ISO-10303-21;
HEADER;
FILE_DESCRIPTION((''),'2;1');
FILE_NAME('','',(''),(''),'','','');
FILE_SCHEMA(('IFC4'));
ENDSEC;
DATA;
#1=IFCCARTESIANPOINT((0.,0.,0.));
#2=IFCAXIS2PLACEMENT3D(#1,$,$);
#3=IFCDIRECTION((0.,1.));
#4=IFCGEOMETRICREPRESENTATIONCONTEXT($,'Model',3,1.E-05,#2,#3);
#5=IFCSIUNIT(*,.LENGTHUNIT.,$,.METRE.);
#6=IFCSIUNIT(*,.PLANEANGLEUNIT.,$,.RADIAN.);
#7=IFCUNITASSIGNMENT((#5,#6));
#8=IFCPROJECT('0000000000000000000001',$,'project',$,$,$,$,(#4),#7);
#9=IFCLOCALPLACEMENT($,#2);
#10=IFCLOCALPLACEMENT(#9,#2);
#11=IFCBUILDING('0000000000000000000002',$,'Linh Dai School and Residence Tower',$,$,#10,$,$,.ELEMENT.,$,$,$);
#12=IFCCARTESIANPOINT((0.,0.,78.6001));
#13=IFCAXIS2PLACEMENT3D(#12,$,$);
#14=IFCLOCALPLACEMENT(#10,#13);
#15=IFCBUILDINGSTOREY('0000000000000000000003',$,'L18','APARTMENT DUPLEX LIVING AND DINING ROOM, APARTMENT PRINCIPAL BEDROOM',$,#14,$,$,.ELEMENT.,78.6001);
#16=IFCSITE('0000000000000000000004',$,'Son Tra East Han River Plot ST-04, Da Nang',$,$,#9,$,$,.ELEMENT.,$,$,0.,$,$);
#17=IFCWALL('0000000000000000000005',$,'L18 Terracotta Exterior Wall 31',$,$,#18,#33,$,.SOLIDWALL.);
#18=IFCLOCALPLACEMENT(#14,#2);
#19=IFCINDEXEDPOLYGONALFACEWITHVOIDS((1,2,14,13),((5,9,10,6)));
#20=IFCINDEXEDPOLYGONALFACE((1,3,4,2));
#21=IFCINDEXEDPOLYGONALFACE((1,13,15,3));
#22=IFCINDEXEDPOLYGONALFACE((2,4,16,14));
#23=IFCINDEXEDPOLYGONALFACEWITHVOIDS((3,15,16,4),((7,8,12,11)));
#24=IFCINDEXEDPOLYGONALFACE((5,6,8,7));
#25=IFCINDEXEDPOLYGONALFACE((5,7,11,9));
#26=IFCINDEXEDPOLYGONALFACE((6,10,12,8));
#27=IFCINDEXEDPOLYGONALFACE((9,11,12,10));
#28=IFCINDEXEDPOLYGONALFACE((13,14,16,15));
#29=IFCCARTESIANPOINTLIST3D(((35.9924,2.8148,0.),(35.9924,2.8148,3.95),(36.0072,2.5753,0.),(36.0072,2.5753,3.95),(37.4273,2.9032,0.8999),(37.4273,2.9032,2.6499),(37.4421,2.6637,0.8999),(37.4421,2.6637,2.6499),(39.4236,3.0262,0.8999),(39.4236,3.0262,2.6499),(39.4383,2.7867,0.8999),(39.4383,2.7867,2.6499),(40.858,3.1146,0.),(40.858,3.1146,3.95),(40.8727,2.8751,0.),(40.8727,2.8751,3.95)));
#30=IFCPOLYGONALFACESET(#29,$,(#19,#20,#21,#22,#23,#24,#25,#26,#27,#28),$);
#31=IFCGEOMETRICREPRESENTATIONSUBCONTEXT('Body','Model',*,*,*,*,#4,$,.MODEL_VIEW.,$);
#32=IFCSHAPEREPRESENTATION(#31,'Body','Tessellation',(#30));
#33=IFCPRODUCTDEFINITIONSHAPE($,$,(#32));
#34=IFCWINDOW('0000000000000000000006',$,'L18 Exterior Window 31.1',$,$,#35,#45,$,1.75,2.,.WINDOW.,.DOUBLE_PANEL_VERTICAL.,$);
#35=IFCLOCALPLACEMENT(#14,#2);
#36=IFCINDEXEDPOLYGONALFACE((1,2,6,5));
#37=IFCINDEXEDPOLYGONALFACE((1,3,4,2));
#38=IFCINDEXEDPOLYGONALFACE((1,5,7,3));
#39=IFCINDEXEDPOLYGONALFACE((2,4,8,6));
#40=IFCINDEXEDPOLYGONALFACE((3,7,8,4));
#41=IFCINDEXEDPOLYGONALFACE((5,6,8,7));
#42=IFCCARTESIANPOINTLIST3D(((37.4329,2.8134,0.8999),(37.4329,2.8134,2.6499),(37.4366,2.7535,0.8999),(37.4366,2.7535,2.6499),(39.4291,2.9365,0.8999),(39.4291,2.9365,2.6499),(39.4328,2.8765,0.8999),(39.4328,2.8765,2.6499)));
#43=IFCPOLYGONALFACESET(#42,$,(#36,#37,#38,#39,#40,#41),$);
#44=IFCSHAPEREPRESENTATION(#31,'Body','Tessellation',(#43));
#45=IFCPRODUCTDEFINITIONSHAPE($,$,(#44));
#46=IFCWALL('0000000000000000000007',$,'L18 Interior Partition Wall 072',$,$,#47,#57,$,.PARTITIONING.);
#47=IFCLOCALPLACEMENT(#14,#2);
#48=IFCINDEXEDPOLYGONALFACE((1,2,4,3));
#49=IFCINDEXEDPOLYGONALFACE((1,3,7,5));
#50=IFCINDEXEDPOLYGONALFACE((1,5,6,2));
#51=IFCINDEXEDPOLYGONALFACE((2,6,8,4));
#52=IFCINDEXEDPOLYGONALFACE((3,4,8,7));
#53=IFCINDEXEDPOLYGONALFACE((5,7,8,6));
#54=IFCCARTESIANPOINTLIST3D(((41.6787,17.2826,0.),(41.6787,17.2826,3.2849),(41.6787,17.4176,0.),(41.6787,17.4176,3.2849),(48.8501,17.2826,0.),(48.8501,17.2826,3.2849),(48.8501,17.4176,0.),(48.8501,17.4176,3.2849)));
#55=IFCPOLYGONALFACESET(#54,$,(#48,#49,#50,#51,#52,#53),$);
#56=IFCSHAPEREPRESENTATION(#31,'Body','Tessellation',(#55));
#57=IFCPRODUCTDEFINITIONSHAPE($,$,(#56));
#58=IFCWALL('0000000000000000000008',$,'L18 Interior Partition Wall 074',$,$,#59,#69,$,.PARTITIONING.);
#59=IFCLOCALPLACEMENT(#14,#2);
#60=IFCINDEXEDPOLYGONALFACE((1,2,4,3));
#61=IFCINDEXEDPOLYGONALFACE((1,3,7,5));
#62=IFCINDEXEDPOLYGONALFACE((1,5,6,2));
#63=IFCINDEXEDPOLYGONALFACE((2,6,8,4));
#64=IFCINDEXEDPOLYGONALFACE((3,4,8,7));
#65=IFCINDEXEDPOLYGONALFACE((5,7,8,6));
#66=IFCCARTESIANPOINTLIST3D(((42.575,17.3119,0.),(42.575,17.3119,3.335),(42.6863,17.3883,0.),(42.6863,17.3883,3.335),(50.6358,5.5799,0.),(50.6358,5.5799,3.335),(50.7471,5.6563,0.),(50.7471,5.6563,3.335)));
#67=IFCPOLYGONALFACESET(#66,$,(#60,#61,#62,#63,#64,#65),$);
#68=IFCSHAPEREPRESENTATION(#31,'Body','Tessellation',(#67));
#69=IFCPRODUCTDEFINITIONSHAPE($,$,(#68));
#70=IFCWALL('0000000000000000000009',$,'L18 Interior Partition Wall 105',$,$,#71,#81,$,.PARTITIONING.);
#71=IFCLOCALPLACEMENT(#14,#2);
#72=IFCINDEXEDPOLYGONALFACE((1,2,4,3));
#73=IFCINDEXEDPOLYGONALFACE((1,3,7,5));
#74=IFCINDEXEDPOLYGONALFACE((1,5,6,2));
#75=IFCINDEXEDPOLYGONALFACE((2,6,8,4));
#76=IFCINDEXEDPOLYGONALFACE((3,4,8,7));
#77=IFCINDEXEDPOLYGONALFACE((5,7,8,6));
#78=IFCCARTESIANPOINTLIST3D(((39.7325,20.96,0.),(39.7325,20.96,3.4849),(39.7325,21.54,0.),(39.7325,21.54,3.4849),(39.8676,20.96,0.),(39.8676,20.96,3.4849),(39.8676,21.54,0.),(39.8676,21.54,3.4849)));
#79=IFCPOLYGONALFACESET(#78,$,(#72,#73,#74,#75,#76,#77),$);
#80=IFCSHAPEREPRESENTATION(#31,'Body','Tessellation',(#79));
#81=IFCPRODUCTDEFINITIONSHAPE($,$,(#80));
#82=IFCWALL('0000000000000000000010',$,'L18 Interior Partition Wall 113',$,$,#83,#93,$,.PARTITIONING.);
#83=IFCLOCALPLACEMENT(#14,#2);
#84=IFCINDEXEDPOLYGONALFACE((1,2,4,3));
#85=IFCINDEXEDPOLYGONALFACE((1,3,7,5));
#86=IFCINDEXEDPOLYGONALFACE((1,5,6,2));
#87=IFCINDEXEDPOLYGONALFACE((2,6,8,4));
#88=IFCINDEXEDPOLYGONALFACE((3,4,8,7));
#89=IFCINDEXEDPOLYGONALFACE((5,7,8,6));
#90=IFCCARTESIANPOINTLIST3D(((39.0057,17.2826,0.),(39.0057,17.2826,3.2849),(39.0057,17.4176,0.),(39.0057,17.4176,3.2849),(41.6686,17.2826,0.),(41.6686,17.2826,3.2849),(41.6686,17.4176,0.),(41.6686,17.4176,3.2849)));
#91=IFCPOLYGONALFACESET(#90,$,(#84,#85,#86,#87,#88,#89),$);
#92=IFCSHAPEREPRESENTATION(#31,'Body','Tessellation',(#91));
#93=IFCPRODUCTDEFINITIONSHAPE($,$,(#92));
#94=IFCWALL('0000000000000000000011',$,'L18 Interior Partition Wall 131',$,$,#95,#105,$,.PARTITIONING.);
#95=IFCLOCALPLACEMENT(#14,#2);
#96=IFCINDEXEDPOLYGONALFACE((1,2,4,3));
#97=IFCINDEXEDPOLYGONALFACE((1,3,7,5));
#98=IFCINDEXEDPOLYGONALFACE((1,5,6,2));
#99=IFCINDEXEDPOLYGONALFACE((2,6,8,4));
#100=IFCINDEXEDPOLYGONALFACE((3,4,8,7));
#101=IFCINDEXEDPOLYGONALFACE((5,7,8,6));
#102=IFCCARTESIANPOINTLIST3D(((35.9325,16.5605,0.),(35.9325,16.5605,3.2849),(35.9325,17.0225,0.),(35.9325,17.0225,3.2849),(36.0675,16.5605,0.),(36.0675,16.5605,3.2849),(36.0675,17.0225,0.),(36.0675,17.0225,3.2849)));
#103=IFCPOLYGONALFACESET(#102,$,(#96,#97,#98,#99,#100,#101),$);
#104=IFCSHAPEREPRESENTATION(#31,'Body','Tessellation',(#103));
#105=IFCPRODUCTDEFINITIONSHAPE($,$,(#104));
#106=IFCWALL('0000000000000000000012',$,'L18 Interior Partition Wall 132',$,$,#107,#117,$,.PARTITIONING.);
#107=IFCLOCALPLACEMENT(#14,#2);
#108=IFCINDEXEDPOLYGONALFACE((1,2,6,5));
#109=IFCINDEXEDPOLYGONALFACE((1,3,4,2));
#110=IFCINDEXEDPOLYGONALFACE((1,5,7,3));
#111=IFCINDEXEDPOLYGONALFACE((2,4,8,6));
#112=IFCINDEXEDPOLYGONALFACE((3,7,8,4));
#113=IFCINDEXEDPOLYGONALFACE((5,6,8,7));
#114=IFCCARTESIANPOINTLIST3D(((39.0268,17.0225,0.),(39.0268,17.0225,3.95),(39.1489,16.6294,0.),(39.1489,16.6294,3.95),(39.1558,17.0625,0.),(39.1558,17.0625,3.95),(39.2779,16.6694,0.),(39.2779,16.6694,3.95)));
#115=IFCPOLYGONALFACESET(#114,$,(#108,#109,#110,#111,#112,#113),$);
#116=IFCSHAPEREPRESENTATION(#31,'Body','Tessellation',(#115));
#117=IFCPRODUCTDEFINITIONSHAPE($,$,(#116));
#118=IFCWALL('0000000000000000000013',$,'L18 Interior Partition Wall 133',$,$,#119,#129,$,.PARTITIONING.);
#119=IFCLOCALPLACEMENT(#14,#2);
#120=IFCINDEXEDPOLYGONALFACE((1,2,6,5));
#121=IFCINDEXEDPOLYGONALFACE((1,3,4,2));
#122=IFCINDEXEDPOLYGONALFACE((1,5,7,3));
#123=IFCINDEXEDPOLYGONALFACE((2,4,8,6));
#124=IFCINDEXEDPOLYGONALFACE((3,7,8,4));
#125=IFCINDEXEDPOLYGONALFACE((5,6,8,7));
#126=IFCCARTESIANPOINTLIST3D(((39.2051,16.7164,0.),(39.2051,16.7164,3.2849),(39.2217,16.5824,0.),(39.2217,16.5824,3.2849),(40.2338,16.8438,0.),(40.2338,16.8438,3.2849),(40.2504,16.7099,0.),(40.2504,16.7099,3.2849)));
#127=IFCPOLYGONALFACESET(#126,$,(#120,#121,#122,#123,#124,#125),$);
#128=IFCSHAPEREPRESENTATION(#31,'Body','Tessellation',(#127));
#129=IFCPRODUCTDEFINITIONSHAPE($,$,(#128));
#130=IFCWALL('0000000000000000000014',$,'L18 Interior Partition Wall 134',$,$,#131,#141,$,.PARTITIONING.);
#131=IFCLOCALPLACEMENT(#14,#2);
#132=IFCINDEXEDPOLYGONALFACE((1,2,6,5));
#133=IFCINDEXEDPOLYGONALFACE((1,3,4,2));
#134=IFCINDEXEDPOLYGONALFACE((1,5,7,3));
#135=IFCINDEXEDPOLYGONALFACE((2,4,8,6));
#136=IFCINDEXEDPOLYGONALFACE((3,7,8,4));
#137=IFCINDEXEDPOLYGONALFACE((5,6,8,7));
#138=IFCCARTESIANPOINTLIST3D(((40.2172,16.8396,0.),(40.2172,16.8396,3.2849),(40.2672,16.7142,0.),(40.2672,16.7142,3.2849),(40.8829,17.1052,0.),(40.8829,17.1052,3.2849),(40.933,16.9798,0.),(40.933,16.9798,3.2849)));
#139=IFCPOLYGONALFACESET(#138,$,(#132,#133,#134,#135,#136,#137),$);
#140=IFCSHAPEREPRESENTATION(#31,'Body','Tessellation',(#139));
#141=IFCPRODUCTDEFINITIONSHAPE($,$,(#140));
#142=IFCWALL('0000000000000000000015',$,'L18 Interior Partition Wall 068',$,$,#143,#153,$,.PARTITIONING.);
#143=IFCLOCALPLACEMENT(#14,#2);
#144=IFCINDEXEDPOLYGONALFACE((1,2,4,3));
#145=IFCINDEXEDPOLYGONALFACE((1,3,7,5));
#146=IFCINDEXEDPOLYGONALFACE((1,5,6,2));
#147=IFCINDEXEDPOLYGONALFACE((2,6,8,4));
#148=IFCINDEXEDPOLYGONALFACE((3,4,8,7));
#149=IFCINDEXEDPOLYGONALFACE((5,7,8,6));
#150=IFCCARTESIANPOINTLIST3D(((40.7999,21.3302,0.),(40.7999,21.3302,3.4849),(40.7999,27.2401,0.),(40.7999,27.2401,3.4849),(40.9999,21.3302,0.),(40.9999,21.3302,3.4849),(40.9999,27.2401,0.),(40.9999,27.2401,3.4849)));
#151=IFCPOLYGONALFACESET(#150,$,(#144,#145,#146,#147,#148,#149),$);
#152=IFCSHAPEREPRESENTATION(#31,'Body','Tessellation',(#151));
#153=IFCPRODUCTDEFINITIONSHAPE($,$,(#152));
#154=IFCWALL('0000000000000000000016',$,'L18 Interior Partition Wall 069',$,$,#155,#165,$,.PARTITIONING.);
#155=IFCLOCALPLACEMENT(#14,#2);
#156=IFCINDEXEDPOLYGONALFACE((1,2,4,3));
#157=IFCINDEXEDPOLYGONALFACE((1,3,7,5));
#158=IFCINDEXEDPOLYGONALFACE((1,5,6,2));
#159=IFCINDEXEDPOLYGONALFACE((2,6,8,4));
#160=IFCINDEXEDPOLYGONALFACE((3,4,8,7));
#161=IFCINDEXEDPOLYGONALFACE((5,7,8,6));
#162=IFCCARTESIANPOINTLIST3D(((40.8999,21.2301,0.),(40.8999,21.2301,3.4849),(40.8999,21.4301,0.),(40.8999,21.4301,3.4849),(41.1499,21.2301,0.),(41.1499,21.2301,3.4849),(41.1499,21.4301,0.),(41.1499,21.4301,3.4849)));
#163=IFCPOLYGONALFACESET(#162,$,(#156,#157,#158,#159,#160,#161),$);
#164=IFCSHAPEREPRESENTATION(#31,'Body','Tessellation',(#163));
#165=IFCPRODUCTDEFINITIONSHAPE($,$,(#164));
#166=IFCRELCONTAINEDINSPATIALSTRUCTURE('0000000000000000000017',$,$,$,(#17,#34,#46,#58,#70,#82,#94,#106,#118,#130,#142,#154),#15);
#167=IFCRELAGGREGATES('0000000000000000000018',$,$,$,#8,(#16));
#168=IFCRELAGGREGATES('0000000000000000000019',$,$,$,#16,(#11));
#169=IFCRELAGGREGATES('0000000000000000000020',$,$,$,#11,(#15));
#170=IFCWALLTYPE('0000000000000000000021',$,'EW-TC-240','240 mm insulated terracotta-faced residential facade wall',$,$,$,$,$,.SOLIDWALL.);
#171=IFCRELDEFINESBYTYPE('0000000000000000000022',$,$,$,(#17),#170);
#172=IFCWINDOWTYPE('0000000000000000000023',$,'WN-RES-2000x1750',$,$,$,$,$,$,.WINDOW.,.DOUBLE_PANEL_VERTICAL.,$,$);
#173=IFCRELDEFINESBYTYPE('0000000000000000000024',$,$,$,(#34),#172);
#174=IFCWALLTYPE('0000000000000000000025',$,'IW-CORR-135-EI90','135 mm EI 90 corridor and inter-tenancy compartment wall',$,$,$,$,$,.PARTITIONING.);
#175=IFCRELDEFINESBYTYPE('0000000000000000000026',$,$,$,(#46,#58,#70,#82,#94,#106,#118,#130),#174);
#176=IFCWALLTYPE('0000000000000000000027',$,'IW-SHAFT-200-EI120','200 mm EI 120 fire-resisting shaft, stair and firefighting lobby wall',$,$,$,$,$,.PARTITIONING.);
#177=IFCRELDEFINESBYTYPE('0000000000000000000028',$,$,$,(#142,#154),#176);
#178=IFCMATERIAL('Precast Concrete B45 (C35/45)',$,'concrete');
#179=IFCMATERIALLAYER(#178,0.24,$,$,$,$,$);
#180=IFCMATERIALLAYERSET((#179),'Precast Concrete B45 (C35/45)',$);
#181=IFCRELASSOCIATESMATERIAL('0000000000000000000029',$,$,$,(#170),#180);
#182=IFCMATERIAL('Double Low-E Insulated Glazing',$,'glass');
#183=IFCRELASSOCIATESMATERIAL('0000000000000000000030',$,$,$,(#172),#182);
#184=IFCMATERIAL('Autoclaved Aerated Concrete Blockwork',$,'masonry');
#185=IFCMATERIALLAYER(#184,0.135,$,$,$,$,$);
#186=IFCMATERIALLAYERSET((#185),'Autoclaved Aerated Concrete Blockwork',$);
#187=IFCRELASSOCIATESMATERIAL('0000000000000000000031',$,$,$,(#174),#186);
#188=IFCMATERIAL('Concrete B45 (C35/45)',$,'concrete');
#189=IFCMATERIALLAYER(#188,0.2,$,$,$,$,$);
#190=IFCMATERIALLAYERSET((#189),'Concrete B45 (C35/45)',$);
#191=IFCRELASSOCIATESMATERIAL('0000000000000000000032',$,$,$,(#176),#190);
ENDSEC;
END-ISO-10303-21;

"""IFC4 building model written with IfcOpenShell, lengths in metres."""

from ifc_helpers import new_model, si_unit, direction, frame, frame_2d, origin, origin_2d, place, context, subcontext, project, spatial, rectangle, extrude, source, transform, mapped, material, layer, layer_set, type_object, element, fill, save


model = new_model("IFC4")

# Units and contexts
model_context = context("Model", 3, precision=1e-05, world=origin(), true_north=direction((0.0, 1.0)))
body_context = subcontext(model_context, "Body", "Model", "MODEL_VIEW")
ifc_project = project(units=[si_unit("LENGTHUNIT", "METRE"), si_unit("PLANEANGLEUNIT", "RADIAN")], contexts=[model_context])

# Site, building, storey
site_placement = place(None, origin())
site = spatial("IfcSite", under=ifc_project, at=site_placement, Name="Son Tra East Han River Plot ST-04, Da Nang", CompositionType="ELEMENT", RefElevation=0.0)
building_placement = place(site_placement, origin())
building = spatial("IfcBuilding", under=site, at=building_placement, Name="Linh Dai School and Residence Tower", CompositionType="ELEMENT")
storey_placement = place(building_placement, frame((0.0, 0.0, 78.6001)))
storey = spatial("IfcBuildingStorey", under=building, at=storey_placement, Name="L18", Description="APARTMENT DUPLEX LIVING AND DINING ROOM, APARTMENT PRINCIPAL BEDROOM", CompositionType="ELEMENT", Elevation=78.6001)

# Wall, opening, window
ifc_material_1 = material(Name="Precast Concrete B45 (C35/45)", Category="concrete")
ifc_layer_1 = layer(ifc_material_1, 0.24)
ifc_layer_set_1 = layer_set([ifc_layer_1], Name="Precast Concrete B45 (C35/45)")
wall_type_1 = type_object("IfcWallType", Name="EW-TC-240", Description="240 mm insulated terracotta-faced residential facade wall", PredefinedType="SOLIDWALL", material=ifc_layer_set_1)
ifc_material_2 = material(Name="Double Low-E Insulated Glazing", Category="glass")
window_type = type_object("IfcWindowType", Name="WN-RES-2000x1750", PartitioningType="DOUBLE_PANEL_VERTICAL", PredefinedType="WINDOW", material=ifc_material_2)
shared_shape_1 = source(origin(), body_context, "Body", "SweptSolid", [
    extrude(rectangle(XDim=2.0, YDim=1.75, at=origin_2d()), frame((1.0, 0.03, 0.875), z_axis=(0.0, -1.0, 0.0), x_axis=(1.0, 0.0, 0.0)), (0.0, 0.0, 1.0), 0.0601),
])
wall_1_placement = place(storey_placement, frame((40.8655, 2.9949, 0.0), z_axis=(0.0, 0.0, 1.0), x_axis=(-0.998107, -0.061502, 0.0)))
wall_1 = element("IfcWall", 1, at=wall_1_placement, inside=storey, type_object=wall_type_1, Name="L18 Terracotta Exterior Wall 31", PredefinedType="SOLIDWALL", context=body_context, shape_type="SweptSolid", body=[
    extrude(rectangle(XDim=4.8748, YDim=0.24, at=frame_2d((2.4375, 0.0))), origin(), (0.0, 0.0, 1.0), 3.95),
])
opening_1_placement = place(wall_1_placement, frame((1.4373, 0.0, 0.8999)))
opening_1 = element("IfcOpeningElement", 2, at=opening_1_placement, cuts=wall_1, PredefinedType="OPENING", context=body_context, shape_type="SweptSolid", body=[
    extrude(rectangle(XDim=2.0, YDim=1.75, at=origin_2d()), frame((1.0, 0.1299, 0.875), z_axis=(0.0, -1.0, 0.0), x_axis=(1.0, 0.0, 0.0)), (0.0, 0.0, 1.0), 0.26),
])
window_1_placement = place(opening_1_placement, origin())
window_1 = element("IfcWindow", 3, at=window_1_placement, inside=storey, type_object=window_type, Name="L18 Exterior Window 31.1", OverallHeight=1.75, OverallWidth=2.0, PartitioningType="DOUBLE_PANEL_VERTICAL", PredefinedType="WINDOW", context=body_context, shape_type="MappedRepresentation", body=[
    mapped(shared_shape_1, transform((0.0, 0.0, 0.0), x_axis=(1.0, 0.0, 0.0), y_axis=(0.0, 1.0, 0.0), z_axis=(0.0, 0.0, 1.0), scale=1.0)),
])
fill(opening_1, window_1)

# Shared definitions
ifc_material_3 = material(Name="Autoclaved Aerated Concrete Blockwork", Category="masonry")
ifc_layer_2 = layer(ifc_material_3, 0.135)
ifc_layer_set_2 = layer_set([ifc_layer_2], Name="Autoclaved Aerated Concrete Blockwork")
wall_type_2 = type_object("IfcWallType", Name="IW-CORR-135-EI90", Description="135 mm EI 90 corridor and inter-tenancy compartment wall", PredefinedType="PARTITIONING", material=ifc_layer_set_2)

# Walls
wall_2_placement = place(storey_placement, frame((41.6787, 17.3501, 0.0), z_axis=(0.0, 0.0, 1.0), x_axis=(1.0, 0.0, 0.0)))
element("IfcWall", 4, at=wall_2_placement, inside=storey, type_object=wall_type_2, Name="L18 Interior Partition Wall 072", PredefinedType="PARTITIONING", context=body_context, shape_type="SweptSolid", body=[
    extrude(rectangle(XDim=7.1714, YDim=0.135, at=frame_2d((3.5857, 0.0))), origin(), (0.0, 0.0, 1.0), 3.2849),
])
wall_3_placement = place(storey_placement, frame((42.6306, 17.3501, 0.0), z_axis=(0.0, 0.0, 1.0), x_axis=(0.566294, -0.824203, 0.0)))
element("IfcWall", 5, at=wall_3_placement, inside=storey, type_object=wall_type_2, Name="L18 Interior Partition Wall 074", PredefinedType="PARTITIONING", context=body_context, shape_type="SweptSolid", body=[
    extrude(rectangle(XDim=14.2344, YDim=0.135, at=frame_2d((7.1172, 0.0))), origin(), (0.0, 0.0, 1.0), 3.335),
])
wall_4_placement = place(storey_placement, frame((39.8, 20.96, 0.0), z_axis=(0.0, 0.0, 1.0), x_axis=(0.0, 1.0, 0.0)))
element("IfcWall", 6, at=wall_4_placement, inside=storey, type_object=wall_type_2, Name="L18 Interior Partition Wall 105", PredefinedType="PARTITIONING", context=body_context, shape_type="SweptSolid", body=[
    extrude(rectangle(XDim=0.5801, YDim=0.135, at=frame_2d((0.29, 0.0))), origin(), (0.0, 0.0, 1.0), 3.4849),
])
wall_5_placement = place(storey_placement, frame((41.6687, 17.3501, 0.0), z_axis=(0.0, 0.0, 1.0), x_axis=(-1.0, 0.0, 0.0)))
element("IfcWall", 7, at=wall_5_placement, inside=storey, type_object=wall_type_2, Name="L18 Interior Partition Wall 113", PredefinedType="PARTITIONING", context=body_context, shape_type="SweptSolid", body=[
    extrude(rectangle(XDim=2.6628, YDim=0.135, at=frame_2d((1.3315, 0.0))), origin(), (0.0, 0.0, 1.0), 3.2849),
])
wall_6_placement = place(storey_placement, frame((36.0, 16.5605, 0.0), z_axis=(0.0, 0.0, 1.0), x_axis=(0.0, 1.0, 0.0)))
element("IfcWall", 8, at=wall_6_placement, inside=storey, type_object=wall_type_2, Name="L18 Interior Partition Wall 131", PredefinedType="PARTITIONING", context=body_context, shape_type="SweptSolid", body=[
    extrude(rectangle(XDim=0.4619, YDim=0.135, at=frame_2d((0.231, 0.0))), origin(), (0.0, 0.0, 1.0), 3.2849),
])
wall_7_placement = place(storey_placement, frame((39.0913, 17.0425, 0.0), z_axis=(0.0, 0.0, 1.0), x_axis=(0.296586, -0.955006, 0.0)))
element("IfcWall", 9, at=wall_7_placement, inside=storey, type_object=wall_type_2, Name="L18 Interior Partition Wall 132", PredefinedType="PARTITIONING", context=body_context, shape_type="SweptSolid", body=[
    extrude(rectangle(XDim=0.4116, YDim=0.135, at=frame_2d((0.2058, 0.0))), origin(), (0.0, 0.0, 1.0), 3.95),
])
wall_8_placement = place(storey_placement, frame((39.2134, 16.6494, 0.0), z_axis=(0.0, 0.0, 1.0), x_axis=(0.992415, 0.122933, 0.0)))
element("IfcWall", 10, at=wall_8_placement, inside=storey, type_object=wall_type_2, Name="L18 Interior Partition Wall 133", PredefinedType="PARTITIONING", context=body_context, shape_type="SweptSolid", body=[
    extrude(rectangle(XDim=1.0366, YDim=0.135, at=frame_2d((0.5183, 0.0))), origin(), (0.0, 0.0, 1.0), 3.2849),
])
wall_9_placement = place(storey_placement, frame((40.2422, 16.7769, 0.0), z_axis=(0.0, 0.0, 1.0), x_axis=(0.928805, 0.370568, 0.0)))
element("IfcWall", 11, at=wall_9_placement, inside=storey, type_object=wall_type_2, Name="L18 Interior Partition Wall 134", PredefinedType="PARTITIONING", context=body_context, shape_type="SweptSolid", body=[
    extrude(rectangle(XDim=0.7168, YDim=0.135, at=frame_2d((0.3584, 0.0))), origin(), (0.0, 0.0, 1.0), 3.2849),
])
ifc_material_4 = material(Name="Concrete B45 (C35/45)", Category="concrete")
ifc_layer_3 = layer(ifc_material_4, 0.2)
ifc_layer_set_3 = layer_set([ifc_layer_3], Name="Concrete B45 (C35/45)")
wall_type_3 = type_object("IfcWallType", Name="IW-SHAFT-200-EI120", Description="200 mm EI 120 fire-resisting shaft, stair and firefighting lobby wall", PredefinedType="PARTITIONING", material=ifc_layer_set_3)
wall_10_placement = place(storey_placement, frame((40.8999, 21.3301, 0.0), z_axis=(0.0, 0.0, 1.0), x_axis=(0.0, 1.0, 0.0)))
element("IfcWall", 12, at=wall_10_placement, inside=storey, type_object=wall_type_3, Name="L18 Interior Partition Wall 068", PredefinedType="PARTITIONING", context=body_context, shape_type="SweptSolid", body=[
    extrude(rectangle(XDim=5.9099, YDim=0.2, at=frame_2d((2.9551, 0.0))), origin(), (0.0, 0.0, 1.0), 3.4849),
])
wall_11_placement = place(storey_placement, frame((40.8999, 21.3301, 0.0), z_axis=(0.0, 0.0, 1.0), x_axis=(1.0, 0.0, 0.0)))
element("IfcWall", 13, at=wall_11_placement, inside=storey, type_object=wall_type_3, Name="L18 Interior Partition Wall 069", PredefinedType="PARTITIONING", context=body_context, shape_type="SweptSolid", body=[
    extrude(rectangle(XDim=0.25, YDim=0.2, at=frame_2d((0.125, 0.0))), origin(), (0.0, 0.0, 1.0), 3.4849),
])

save(model, "model.ifc")
